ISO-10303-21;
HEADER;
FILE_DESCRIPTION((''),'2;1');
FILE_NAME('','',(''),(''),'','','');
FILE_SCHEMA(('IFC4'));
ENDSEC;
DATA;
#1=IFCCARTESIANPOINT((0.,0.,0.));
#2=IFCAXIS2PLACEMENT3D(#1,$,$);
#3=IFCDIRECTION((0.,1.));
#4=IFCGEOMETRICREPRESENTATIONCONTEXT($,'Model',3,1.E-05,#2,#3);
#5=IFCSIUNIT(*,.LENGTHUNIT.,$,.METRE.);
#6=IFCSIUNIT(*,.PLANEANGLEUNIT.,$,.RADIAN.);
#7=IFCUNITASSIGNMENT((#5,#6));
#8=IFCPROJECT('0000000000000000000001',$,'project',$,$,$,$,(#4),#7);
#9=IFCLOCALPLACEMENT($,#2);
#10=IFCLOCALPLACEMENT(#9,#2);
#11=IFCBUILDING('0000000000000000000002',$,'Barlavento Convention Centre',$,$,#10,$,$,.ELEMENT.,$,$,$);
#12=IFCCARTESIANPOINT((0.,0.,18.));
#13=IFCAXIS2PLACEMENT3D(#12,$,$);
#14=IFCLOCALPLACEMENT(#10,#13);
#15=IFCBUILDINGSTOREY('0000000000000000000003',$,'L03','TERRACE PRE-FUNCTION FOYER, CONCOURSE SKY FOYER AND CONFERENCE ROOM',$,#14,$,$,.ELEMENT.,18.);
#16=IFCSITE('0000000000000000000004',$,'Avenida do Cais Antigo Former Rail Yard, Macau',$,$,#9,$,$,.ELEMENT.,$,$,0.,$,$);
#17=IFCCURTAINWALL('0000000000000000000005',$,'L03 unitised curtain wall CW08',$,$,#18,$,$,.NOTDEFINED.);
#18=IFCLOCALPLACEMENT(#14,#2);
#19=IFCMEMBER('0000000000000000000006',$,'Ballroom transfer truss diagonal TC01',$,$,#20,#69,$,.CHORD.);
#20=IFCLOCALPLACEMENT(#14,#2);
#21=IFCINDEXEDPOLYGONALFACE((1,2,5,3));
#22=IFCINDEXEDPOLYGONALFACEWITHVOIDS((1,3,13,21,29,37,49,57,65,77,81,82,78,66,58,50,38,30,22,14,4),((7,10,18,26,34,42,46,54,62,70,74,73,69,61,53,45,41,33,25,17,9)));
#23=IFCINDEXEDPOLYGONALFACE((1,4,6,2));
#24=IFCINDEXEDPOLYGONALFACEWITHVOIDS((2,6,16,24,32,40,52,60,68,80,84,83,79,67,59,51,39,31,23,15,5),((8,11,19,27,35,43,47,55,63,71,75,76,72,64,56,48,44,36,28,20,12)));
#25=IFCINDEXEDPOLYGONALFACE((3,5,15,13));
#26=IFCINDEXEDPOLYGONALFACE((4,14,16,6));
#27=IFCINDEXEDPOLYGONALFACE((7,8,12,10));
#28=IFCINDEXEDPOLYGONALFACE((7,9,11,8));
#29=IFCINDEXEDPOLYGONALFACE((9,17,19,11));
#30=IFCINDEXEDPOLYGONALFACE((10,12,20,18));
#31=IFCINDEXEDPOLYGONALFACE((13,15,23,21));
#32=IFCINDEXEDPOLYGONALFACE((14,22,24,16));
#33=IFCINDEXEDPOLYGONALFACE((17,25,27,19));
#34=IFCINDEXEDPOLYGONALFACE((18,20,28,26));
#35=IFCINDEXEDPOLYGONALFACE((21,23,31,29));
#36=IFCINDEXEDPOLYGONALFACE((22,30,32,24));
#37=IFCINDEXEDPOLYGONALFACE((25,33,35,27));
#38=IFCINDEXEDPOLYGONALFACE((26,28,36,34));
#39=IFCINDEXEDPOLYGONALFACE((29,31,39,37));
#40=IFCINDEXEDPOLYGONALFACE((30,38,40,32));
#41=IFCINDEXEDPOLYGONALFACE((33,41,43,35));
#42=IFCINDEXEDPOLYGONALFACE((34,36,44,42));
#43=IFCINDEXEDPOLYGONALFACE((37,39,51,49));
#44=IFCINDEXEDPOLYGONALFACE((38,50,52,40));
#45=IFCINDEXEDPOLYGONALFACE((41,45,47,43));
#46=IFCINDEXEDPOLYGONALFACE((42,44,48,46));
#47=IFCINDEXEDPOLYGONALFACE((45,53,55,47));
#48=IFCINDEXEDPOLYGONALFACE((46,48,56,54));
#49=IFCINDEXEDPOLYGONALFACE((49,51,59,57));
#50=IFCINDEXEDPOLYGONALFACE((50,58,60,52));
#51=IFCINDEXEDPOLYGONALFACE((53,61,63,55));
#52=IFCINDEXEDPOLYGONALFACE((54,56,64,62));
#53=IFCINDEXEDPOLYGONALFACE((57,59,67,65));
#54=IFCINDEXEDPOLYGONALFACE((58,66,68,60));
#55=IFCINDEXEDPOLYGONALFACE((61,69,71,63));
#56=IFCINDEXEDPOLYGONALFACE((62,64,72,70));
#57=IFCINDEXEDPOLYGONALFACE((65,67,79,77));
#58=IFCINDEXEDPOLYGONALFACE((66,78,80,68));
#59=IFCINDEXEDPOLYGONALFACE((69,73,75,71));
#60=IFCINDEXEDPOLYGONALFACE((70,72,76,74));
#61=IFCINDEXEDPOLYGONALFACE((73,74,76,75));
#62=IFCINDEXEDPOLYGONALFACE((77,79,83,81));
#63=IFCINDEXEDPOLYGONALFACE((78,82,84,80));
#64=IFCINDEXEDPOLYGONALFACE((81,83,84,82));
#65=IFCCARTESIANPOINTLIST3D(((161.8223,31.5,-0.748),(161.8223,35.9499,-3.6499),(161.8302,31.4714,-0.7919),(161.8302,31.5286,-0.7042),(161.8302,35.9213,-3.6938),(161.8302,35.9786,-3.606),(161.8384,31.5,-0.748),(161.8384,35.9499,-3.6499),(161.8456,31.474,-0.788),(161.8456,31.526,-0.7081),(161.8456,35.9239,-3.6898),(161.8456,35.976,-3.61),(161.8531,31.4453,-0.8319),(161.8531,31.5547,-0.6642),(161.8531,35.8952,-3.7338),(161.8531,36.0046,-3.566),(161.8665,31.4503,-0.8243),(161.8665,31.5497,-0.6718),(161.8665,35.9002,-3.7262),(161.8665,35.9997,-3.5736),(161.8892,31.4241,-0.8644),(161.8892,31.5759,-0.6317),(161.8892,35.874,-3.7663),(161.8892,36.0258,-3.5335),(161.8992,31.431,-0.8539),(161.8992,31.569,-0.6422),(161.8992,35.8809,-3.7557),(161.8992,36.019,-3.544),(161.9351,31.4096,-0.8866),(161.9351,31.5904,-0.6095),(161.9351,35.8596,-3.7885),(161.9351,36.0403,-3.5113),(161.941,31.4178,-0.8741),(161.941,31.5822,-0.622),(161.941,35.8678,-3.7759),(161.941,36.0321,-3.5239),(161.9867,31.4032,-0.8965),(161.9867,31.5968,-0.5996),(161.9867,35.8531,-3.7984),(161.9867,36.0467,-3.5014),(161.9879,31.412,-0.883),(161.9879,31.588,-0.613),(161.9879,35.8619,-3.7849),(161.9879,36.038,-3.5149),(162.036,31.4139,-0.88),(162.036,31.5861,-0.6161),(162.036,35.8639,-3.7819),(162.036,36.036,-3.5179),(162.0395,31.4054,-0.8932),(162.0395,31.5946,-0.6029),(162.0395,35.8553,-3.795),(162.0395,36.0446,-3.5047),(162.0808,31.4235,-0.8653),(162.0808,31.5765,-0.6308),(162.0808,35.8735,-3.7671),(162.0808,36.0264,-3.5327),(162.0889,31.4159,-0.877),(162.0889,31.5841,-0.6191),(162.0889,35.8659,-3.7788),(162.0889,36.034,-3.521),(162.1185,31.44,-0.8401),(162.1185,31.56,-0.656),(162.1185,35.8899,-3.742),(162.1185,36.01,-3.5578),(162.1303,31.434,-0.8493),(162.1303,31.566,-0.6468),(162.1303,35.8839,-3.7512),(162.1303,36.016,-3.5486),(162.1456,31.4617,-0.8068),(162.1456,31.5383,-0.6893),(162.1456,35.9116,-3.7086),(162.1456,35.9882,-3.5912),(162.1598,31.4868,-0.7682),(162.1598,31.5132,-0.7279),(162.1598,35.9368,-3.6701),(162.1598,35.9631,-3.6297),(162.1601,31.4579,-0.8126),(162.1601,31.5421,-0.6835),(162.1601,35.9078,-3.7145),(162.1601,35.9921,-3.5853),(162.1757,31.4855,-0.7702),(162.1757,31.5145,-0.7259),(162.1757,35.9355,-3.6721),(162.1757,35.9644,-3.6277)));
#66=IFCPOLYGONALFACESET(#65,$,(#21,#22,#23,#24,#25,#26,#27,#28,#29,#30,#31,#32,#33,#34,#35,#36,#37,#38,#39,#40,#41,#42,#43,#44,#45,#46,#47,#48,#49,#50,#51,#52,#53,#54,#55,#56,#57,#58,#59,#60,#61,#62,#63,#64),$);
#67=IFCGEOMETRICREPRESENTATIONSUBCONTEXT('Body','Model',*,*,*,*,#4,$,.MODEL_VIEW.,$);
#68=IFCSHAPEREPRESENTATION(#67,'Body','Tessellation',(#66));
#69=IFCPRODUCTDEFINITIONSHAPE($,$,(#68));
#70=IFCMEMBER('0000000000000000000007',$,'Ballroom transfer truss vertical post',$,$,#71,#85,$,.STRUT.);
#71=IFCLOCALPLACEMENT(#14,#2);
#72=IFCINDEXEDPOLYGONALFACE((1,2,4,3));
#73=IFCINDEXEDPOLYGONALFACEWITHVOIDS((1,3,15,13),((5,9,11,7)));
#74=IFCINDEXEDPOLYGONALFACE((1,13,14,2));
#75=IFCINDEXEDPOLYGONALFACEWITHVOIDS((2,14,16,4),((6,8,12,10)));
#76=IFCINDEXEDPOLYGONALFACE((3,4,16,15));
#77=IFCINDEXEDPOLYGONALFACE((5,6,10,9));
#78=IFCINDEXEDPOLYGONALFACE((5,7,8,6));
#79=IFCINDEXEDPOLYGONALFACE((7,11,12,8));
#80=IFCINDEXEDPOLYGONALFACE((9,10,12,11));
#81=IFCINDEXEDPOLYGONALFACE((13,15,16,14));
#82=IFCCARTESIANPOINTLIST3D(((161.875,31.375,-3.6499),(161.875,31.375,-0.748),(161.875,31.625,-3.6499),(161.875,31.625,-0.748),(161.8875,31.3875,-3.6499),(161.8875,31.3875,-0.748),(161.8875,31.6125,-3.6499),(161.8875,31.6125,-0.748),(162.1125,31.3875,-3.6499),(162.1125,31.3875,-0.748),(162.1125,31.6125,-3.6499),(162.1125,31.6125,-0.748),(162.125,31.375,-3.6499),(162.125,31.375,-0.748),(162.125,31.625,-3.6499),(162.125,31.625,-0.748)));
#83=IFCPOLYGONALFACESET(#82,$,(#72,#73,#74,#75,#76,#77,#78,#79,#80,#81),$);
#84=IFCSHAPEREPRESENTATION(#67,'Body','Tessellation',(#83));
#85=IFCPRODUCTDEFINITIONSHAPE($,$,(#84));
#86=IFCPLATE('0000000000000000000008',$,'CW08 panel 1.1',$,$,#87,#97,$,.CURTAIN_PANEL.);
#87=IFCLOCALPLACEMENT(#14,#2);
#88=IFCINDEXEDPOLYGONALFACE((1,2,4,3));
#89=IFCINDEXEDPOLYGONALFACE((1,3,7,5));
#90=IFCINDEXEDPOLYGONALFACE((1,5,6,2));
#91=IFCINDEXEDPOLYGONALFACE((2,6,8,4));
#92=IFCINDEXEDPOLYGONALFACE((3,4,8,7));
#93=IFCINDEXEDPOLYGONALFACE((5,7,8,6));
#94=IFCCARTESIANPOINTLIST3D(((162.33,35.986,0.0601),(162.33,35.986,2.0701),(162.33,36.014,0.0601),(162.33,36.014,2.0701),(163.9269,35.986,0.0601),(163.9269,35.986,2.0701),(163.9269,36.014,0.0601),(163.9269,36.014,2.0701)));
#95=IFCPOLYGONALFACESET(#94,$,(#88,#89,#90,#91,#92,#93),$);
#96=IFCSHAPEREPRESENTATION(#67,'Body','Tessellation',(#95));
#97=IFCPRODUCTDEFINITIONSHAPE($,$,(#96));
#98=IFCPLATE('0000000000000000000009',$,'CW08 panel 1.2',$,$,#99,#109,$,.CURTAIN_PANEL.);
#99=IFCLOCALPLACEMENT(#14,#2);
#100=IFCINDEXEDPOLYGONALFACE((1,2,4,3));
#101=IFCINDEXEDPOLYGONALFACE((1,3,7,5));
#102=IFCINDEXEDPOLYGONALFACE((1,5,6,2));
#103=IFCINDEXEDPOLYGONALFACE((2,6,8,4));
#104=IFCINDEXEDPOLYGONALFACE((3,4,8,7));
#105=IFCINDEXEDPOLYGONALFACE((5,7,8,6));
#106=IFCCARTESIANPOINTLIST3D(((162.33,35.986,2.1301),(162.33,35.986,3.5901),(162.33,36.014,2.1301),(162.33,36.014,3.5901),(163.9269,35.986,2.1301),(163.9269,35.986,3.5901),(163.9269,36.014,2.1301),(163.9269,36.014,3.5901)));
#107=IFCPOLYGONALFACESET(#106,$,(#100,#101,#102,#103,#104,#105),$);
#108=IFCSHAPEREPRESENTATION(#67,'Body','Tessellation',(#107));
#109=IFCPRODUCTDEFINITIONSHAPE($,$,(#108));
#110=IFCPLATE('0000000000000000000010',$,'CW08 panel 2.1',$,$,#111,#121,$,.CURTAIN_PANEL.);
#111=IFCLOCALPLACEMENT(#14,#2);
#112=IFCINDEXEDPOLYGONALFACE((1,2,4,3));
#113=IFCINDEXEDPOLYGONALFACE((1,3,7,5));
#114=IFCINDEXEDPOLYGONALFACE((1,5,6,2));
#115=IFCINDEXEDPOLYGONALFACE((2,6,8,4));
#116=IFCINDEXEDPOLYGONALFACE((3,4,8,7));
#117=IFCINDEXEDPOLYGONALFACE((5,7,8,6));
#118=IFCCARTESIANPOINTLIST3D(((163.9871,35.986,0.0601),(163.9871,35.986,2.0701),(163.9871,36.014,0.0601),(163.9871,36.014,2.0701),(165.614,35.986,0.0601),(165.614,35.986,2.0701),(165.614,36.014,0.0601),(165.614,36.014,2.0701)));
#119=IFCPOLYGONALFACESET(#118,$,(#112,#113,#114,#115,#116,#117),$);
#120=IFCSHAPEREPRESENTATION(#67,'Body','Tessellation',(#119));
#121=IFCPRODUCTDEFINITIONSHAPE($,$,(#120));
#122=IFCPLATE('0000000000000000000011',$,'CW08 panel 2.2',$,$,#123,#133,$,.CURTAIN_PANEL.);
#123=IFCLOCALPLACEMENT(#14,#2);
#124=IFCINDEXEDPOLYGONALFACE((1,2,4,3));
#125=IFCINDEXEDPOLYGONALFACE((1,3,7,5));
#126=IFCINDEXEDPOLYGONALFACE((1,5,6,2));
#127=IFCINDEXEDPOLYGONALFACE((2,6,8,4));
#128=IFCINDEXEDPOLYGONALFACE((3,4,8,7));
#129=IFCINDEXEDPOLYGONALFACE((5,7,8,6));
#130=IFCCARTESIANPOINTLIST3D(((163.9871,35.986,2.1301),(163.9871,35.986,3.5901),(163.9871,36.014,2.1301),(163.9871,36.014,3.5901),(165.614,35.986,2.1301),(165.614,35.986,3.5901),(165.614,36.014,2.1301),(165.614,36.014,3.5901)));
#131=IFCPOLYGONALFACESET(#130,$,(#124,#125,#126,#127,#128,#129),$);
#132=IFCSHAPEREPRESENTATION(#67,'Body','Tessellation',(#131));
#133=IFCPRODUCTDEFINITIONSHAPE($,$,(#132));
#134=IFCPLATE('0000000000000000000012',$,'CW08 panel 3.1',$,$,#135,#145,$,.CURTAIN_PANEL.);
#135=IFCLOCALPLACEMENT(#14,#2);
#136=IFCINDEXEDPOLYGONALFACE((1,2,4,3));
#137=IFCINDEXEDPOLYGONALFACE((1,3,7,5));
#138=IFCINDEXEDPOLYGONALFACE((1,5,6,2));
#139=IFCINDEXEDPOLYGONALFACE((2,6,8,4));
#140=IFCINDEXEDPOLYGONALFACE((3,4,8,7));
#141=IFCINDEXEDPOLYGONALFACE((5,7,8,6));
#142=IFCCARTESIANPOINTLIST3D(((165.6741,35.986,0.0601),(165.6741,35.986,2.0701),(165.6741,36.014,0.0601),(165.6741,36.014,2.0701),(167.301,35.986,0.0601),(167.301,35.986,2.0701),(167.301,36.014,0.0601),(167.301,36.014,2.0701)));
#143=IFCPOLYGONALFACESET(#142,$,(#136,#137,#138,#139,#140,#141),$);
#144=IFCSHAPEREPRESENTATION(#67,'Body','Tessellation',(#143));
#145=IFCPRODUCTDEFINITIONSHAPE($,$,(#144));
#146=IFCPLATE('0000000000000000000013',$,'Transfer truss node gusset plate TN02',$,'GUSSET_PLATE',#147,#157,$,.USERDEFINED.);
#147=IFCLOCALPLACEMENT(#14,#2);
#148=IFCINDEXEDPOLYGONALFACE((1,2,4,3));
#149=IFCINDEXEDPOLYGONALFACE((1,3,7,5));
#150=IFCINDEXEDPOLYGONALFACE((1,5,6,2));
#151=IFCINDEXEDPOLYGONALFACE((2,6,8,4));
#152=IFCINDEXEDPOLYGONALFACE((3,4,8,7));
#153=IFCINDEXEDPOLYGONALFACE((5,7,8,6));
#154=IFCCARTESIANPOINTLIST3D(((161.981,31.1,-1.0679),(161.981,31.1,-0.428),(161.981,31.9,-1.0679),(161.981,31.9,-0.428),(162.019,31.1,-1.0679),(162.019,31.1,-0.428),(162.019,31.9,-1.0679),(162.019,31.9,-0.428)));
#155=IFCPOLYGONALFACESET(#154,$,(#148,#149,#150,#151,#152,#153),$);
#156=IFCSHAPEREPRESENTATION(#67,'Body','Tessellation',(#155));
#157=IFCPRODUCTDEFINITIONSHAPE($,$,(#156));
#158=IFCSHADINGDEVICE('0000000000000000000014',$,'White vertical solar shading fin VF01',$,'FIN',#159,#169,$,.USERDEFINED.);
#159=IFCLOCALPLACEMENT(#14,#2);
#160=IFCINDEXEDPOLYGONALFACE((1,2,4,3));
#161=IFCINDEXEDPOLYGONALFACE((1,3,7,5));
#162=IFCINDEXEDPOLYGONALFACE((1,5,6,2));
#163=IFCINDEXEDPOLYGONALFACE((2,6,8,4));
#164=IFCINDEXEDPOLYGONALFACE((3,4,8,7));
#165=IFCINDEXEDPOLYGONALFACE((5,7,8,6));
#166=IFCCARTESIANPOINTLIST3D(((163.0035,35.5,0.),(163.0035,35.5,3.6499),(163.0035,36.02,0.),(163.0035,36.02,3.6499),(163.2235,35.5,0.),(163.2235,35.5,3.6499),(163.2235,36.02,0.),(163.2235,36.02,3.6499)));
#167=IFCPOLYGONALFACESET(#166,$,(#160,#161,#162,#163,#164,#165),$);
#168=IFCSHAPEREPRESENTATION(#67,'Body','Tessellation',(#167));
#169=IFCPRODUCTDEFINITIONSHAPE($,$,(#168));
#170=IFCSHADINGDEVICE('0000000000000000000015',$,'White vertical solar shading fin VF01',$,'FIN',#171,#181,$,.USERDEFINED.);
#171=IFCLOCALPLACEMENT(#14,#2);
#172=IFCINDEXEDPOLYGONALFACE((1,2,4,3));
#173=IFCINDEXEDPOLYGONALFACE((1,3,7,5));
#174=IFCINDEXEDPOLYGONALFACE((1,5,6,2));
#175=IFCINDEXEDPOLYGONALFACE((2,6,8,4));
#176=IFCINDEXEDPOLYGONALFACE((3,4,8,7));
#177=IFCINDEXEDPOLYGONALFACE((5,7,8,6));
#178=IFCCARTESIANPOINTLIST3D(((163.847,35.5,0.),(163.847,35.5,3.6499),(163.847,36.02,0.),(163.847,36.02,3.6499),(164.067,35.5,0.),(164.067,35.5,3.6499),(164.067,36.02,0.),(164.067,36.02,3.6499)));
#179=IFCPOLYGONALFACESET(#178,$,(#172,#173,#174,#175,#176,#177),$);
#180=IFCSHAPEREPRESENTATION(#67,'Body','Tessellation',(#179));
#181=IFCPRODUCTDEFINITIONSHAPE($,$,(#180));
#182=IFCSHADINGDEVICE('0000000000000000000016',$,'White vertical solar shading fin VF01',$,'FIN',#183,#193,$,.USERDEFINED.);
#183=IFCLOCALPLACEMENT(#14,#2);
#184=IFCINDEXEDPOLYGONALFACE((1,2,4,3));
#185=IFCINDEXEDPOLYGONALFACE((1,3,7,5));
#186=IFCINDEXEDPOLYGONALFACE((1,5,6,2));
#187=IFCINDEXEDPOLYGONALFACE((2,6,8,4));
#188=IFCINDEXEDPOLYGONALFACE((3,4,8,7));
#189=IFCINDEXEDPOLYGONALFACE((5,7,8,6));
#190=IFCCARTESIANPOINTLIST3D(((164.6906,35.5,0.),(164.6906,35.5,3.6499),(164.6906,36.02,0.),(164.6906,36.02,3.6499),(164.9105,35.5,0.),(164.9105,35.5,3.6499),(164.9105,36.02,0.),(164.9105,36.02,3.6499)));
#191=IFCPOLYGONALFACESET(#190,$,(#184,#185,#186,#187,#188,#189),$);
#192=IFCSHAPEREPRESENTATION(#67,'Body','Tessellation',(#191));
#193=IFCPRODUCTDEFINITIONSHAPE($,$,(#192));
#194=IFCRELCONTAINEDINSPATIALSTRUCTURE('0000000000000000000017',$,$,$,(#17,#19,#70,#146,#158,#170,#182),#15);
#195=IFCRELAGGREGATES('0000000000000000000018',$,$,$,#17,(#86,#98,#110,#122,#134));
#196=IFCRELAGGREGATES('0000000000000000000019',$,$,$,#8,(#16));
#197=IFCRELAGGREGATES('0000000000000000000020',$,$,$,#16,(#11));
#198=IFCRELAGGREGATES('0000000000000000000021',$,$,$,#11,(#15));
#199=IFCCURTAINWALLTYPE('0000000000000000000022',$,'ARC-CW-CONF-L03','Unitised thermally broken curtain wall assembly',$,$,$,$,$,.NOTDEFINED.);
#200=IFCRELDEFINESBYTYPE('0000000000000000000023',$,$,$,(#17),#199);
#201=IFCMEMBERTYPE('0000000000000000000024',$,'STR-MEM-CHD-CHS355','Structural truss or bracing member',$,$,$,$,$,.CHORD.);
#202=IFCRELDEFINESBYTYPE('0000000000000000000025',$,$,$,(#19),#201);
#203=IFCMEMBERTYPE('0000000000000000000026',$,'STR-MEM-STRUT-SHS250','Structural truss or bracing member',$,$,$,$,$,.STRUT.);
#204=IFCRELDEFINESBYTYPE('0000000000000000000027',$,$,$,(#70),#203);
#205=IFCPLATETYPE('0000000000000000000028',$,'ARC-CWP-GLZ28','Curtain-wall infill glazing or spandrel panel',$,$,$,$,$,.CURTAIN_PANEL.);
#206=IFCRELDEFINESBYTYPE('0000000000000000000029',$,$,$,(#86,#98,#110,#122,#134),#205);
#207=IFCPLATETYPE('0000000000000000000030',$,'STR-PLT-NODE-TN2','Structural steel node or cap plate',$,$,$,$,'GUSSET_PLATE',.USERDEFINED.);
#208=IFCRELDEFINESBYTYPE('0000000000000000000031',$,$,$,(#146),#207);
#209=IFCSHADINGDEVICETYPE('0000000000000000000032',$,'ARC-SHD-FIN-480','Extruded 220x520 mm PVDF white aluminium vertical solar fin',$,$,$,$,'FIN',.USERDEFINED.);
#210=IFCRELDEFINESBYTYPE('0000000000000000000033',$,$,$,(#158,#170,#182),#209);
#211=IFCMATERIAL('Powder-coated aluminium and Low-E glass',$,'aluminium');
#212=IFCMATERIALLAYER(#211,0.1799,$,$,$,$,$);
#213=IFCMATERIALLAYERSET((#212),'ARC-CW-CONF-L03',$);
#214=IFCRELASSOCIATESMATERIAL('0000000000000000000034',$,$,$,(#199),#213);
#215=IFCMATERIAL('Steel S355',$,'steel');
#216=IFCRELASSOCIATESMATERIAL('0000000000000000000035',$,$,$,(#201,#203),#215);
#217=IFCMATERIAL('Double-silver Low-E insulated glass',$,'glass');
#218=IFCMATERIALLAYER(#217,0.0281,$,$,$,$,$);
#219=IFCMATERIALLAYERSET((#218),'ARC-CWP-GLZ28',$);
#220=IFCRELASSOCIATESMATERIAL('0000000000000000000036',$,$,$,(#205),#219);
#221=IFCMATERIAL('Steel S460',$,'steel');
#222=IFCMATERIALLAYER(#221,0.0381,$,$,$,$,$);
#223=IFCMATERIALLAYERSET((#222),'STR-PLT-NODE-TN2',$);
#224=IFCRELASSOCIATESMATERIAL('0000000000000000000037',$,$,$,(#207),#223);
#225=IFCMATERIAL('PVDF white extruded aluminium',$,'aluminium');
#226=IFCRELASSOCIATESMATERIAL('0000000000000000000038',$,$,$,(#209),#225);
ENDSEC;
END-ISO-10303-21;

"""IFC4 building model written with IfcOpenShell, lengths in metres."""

from ifc_helpers import new_model, si_unit, direction, frame, origin, origin_2d, place, context, subcontext, project, spatial, rectangle, hollow_rectangle, hollow_circle, extrude, material, layer, layer_set, material_profile, profile_set, type_object, element, aggregate, save


model = new_model("IFC4")

# Units and contexts
model_context = context("Model", 3, precision=1e-05, world=origin(), true_north=direction((0.0, 1.0)))
body_context = subcontext(model_context, "Body", "Model", "MODEL_VIEW")
ifc_project = project(units=[si_unit("LENGTHUNIT", "METRE"), si_unit("PLANEANGLEUNIT", "RADIAN")], contexts=[model_context])

# Site, building, storey
site_placement = place(None, origin())
site = spatial("IfcSite", under=ifc_project, at=site_placement, Name="Avenida do Cais Antigo Former Rail Yard, Macau", CompositionType="ELEMENT", RefElevation=0.0)
building_placement = place(site_placement, origin())
building = spatial("IfcBuilding", under=site, at=building_placement, Name="Barlavento Convention Centre", CompositionType="ELEMENT")
storey_placement = place(building_placement, frame((0.0, 0.0, 18.0)))
storey = spatial("IfcBuildingStorey", under=building, at=storey_placement, Name="L03", Description="TERRACE PRE-FUNCTION FOYER, CONCOURSE SKY FOYER AND CONFERENCE ROOM", CompositionType="ELEMENT", Elevation=18.0)

# Shared definitions
ifc_material_1 = material(Name="Steel S355", Category="steel")

# Curtain wall
ifc_material_2 = material(Name="Powder-coated aluminium and Low-E glass", Category="aluminium")
ifc_layer_1 = layer(ifc_material_2, 0.1799)
ifc_layer_set_1 = layer_set([ifc_layer_1], Name="ARC-CW-CONF-L03")
curtain_wall_type = type_object("IfcCurtainWallType", Name="ARC-CW-CONF-L03", Description="Unitised thermally broken curtain wall assembly", PredefinedType="NOTDEFINED", material=ifc_layer_set_1)
curtain_wall_placement = place(storey_placement, origin())
curtain_wall = element("IfcCurtainWall", 1, at=curtain_wall_placement, inside=storey, type_object=curtain_wall_type, Name="L03 unitised curtain wall CW08", PredefinedType="NOTDEFINED")

# Members
ifc_material_profile_1 = material_profile(ifc_material_1, hollow_circle(Radius=0.1777, WallThickness=0.0161, at=origin_2d()), Name="CHS 355.6x16.0")
ifc_profile_set_1 = profile_set([ifc_material_profile_1], Name="Steel S355")
member_type_1 = type_object("IfcMemberType", Name="STR-MEM-CHD-CHS355", Description="Structural truss or bracing member", PredefinedType="CHORD", material=ifc_profile_set_1)
member_1_placement = place(storey_placement, frame((162.0, 31.5, -0.748), z_axis=(0.0, 0.837635, -0.54623), x_axis=(-1.0, 0.0, 0.0)))
element("IfcMember", 2, at=member_1_placement, inside=storey, type_object=member_type_1, Name="Ballroom transfer truss diagonal TC01", PredefinedType="CHORD", context=body_context, shape_type="SweptSolid", body=[
    extrude(hollow_circle(Radius=0.1777, WallThickness=0.0161, at=origin_2d()), origin(), (0.0, 0.0, 1.0), 5.3125),
])
ifc_material_profile_2 = material_profile(ifc_material_1, hollow_rectangle(XDim=0.25, YDim=0.25, WallThickness=0.0125, at=origin_2d()), Name="SHS 250x250x12.5")
ifc_profile_set_2 = profile_set([ifc_material_profile_2], Name="Steel S355")
member_type_2 = type_object("IfcMemberType", Name="STR-MEM-STRUT-SHS250", Description="Structural truss or bracing member", PredefinedType="STRUT", material=ifc_profile_set_2)
member_2_placement = place(storey_placement, frame((162.0, 31.5, -3.6499), z_axis=(0.0, 0.0, 1.0), x_axis=(1.0, 0.0, 0.0)))
element("IfcMember", 3, at=member_2_placement, inside=storey, type_object=member_type_2, Name="Ballroom transfer truss vertical post", PredefinedType="STRUT", context=body_context, shape_type="SweptSolid", body=[
    extrude(hollow_rectangle(XDim=0.25, YDim=0.25, WallThickness=0.0125, at=origin_2d()), origin(), (0.0, 0.0, 1.0), 2.9019),
])

# Plates
ifc_material_3 = material(Name="Double-silver Low-E insulated glass", Category="glass")
ifc_layer_2 = layer(ifc_material_3, 0.0281)
ifc_layer_set_2 = layer_set([ifc_layer_2], Name="ARC-CWP-GLZ28")
plate_type_1 = type_object("IfcPlateType", Name="ARC-CWP-GLZ28", Description="Curtain-wall infill glazing or spandrel panel", PredefinedType="CURTAIN_PANEL", material=ifc_layer_set_2)
plate_1_placement = place(storey_placement, frame((163.1284, 36.0, 0.0601), z_axis=(0.0, 0.0, 1.0), x_axis=(1.0, 0.0, 0.0)))
plate_1 = element("IfcPlate", 4, at=plate_1_placement, type_object=plate_type_1, Name="CW08 panel 1.1", PredefinedType="CURTAIN_PANEL", context=body_context, shape_type="SweptSolid", body=[
    extrude(rectangle(XDim=1.5969, YDim=0.0281, at=origin_2d()), origin(), (0.0, 0.0, 1.0), 2.01),
])
plate_2_placement = place(storey_placement, frame((163.1284, 36.0, 2.1301), z_axis=(0.0, 0.0, 1.0), x_axis=(1.0, 0.0, 0.0)))
plate_2 = element("IfcPlate", 5, at=plate_2_placement, type_object=plate_type_1, Name="CW08 panel 1.2", PredefinedType="CURTAIN_PANEL", context=body_context, shape_type="SweptSolid", body=[
    extrude(rectangle(XDim=1.5969, YDim=0.0281, at=origin_2d()), origin(), (0.0, 0.0, 1.0), 1.46),
])
plate_3_placement = place(storey_placement, frame((164.8005, 36.0, 0.0601), z_axis=(0.0, 0.0, 1.0), x_axis=(1.0, 0.0, 0.0)))
plate_3 = element("IfcPlate", 6, at=plate_3_placement, type_object=plate_type_1, Name="CW08 panel 2.1", PredefinedType="CURTAIN_PANEL", context=body_context, shape_type="SweptSolid", body=[
    extrude(rectangle(XDim=1.627, YDim=0.0281, at=origin_2d()), origin(), (0.0, 0.0, 1.0), 2.01),
])
plate_4_placement = place(storey_placement, frame((164.8005, 36.0, 2.1301), z_axis=(0.0, 0.0, 1.0), x_axis=(1.0, 0.0, 0.0)))
plate_4 = element("IfcPlate", 7, at=plate_4_placement, type_object=plate_type_1, Name="CW08 panel 2.2", PredefinedType="CURTAIN_PANEL", context=body_context, shape_type="SweptSolid", body=[
    extrude(rectangle(XDim=1.627, YDim=0.0281, at=origin_2d()), origin(), (0.0, 0.0, 1.0), 1.46),
])
plate_5_placement = place(storey_placement, frame((166.4875, 36.0, 0.0601), z_axis=(0.0, 0.0, 1.0), x_axis=(1.0, 0.0, 0.0)))
plate_5 = element("IfcPlate", 8, at=plate_5_placement, type_object=plate_type_1, Name="CW08 panel 3.1", PredefinedType="CURTAIN_PANEL", context=body_context, shape_type="SweptSolid", body=[
    extrude(rectangle(XDim=1.627, YDim=0.0281, at=origin_2d()), origin(), (0.0, 0.0, 1.0), 2.01),
])
aggregate(curtain_wall, [plate_1, plate_2, plate_3, plate_4, plate_5])
ifc_material_4 = material(Name="Steel S460", Category="steel")
ifc_layer_3 = layer(ifc_material_4, 0.0381)
ifc_layer_set_3 = layer_set([ifc_layer_3], Name="STR-PLT-NODE-TN2")
plate_type_2 = type_object("IfcPlateType", Name="STR-PLT-NODE-TN2", Description="Structural steel node or cap plate", ElementType="GUSSET_PLATE", PredefinedType="USERDEFINED", material=ifc_layer_set_3)
plate_6_placement = place(storey_placement, frame((162.0, 31.5, -1.0679), z_axis=(0.0, 0.0, 1.0), x_axis=(1.0, 0.0, 0.0)))
element("IfcPlate", 9, at=plate_6_placement, inside=storey, type_object=plate_type_2, Name="Transfer truss node gusset plate TN02", ObjectType="GUSSET_PLATE", PredefinedType="USERDEFINED", context=body_context, shape_type="SweptSolid", body=[
    extrude(rectangle(XDim=0.0381, YDim=0.8, at=origin_2d()), origin(), (0.0, 0.0, 1.0), 0.6399),
])

# Shading devices
ifc_material_5 = material(Name="PVDF white extruded aluminium", Category="aluminium")
shading_device_type = type_object("IfcShadingDeviceType", Name="ARC-SHD-FIN-480", Description="Extruded 220x520 mm PVDF white aluminium vertical solar fin", ElementType="FIN", PredefinedType="USERDEFINED", material=ifc_material_5)
for number, where, z_axis, x_axis, name in (
    (10, (163.1135, 35.76, 0.0), (0.0, 0.0, 1.0), (1.0, 0.0, 0.0), "White vertical solar shading fin VF01"),
    (11, (163.957, 35.76, 0.0), (0.0, 0.0, 1.0), (1.0, 0.0, 0.0), "White vertical solar shading fin VF01"),
    (12, (164.8005, 35.76, 0.0), (0.0, 0.0, 1.0), (1.0, 0.0, 0.0), "White vertical solar shading fin VF01"),
):
    element("IfcShadingDevice", number, at=place(storey_placement, frame(where, z_axis=z_axis, x_axis=x_axis)), inside=storey, type_object=shading_device_type, Name=name, ObjectType="FIN", PredefinedType="USERDEFINED", context=body_context, shape_type="SweptSolid", body=[
        extrude(rectangle(XDim=0.22, YDim=0.52, at=origin_2d()), origin(), (0.0, 0.0, 1.0), 3.6499),
    ])

save(model, "model.ifc")
